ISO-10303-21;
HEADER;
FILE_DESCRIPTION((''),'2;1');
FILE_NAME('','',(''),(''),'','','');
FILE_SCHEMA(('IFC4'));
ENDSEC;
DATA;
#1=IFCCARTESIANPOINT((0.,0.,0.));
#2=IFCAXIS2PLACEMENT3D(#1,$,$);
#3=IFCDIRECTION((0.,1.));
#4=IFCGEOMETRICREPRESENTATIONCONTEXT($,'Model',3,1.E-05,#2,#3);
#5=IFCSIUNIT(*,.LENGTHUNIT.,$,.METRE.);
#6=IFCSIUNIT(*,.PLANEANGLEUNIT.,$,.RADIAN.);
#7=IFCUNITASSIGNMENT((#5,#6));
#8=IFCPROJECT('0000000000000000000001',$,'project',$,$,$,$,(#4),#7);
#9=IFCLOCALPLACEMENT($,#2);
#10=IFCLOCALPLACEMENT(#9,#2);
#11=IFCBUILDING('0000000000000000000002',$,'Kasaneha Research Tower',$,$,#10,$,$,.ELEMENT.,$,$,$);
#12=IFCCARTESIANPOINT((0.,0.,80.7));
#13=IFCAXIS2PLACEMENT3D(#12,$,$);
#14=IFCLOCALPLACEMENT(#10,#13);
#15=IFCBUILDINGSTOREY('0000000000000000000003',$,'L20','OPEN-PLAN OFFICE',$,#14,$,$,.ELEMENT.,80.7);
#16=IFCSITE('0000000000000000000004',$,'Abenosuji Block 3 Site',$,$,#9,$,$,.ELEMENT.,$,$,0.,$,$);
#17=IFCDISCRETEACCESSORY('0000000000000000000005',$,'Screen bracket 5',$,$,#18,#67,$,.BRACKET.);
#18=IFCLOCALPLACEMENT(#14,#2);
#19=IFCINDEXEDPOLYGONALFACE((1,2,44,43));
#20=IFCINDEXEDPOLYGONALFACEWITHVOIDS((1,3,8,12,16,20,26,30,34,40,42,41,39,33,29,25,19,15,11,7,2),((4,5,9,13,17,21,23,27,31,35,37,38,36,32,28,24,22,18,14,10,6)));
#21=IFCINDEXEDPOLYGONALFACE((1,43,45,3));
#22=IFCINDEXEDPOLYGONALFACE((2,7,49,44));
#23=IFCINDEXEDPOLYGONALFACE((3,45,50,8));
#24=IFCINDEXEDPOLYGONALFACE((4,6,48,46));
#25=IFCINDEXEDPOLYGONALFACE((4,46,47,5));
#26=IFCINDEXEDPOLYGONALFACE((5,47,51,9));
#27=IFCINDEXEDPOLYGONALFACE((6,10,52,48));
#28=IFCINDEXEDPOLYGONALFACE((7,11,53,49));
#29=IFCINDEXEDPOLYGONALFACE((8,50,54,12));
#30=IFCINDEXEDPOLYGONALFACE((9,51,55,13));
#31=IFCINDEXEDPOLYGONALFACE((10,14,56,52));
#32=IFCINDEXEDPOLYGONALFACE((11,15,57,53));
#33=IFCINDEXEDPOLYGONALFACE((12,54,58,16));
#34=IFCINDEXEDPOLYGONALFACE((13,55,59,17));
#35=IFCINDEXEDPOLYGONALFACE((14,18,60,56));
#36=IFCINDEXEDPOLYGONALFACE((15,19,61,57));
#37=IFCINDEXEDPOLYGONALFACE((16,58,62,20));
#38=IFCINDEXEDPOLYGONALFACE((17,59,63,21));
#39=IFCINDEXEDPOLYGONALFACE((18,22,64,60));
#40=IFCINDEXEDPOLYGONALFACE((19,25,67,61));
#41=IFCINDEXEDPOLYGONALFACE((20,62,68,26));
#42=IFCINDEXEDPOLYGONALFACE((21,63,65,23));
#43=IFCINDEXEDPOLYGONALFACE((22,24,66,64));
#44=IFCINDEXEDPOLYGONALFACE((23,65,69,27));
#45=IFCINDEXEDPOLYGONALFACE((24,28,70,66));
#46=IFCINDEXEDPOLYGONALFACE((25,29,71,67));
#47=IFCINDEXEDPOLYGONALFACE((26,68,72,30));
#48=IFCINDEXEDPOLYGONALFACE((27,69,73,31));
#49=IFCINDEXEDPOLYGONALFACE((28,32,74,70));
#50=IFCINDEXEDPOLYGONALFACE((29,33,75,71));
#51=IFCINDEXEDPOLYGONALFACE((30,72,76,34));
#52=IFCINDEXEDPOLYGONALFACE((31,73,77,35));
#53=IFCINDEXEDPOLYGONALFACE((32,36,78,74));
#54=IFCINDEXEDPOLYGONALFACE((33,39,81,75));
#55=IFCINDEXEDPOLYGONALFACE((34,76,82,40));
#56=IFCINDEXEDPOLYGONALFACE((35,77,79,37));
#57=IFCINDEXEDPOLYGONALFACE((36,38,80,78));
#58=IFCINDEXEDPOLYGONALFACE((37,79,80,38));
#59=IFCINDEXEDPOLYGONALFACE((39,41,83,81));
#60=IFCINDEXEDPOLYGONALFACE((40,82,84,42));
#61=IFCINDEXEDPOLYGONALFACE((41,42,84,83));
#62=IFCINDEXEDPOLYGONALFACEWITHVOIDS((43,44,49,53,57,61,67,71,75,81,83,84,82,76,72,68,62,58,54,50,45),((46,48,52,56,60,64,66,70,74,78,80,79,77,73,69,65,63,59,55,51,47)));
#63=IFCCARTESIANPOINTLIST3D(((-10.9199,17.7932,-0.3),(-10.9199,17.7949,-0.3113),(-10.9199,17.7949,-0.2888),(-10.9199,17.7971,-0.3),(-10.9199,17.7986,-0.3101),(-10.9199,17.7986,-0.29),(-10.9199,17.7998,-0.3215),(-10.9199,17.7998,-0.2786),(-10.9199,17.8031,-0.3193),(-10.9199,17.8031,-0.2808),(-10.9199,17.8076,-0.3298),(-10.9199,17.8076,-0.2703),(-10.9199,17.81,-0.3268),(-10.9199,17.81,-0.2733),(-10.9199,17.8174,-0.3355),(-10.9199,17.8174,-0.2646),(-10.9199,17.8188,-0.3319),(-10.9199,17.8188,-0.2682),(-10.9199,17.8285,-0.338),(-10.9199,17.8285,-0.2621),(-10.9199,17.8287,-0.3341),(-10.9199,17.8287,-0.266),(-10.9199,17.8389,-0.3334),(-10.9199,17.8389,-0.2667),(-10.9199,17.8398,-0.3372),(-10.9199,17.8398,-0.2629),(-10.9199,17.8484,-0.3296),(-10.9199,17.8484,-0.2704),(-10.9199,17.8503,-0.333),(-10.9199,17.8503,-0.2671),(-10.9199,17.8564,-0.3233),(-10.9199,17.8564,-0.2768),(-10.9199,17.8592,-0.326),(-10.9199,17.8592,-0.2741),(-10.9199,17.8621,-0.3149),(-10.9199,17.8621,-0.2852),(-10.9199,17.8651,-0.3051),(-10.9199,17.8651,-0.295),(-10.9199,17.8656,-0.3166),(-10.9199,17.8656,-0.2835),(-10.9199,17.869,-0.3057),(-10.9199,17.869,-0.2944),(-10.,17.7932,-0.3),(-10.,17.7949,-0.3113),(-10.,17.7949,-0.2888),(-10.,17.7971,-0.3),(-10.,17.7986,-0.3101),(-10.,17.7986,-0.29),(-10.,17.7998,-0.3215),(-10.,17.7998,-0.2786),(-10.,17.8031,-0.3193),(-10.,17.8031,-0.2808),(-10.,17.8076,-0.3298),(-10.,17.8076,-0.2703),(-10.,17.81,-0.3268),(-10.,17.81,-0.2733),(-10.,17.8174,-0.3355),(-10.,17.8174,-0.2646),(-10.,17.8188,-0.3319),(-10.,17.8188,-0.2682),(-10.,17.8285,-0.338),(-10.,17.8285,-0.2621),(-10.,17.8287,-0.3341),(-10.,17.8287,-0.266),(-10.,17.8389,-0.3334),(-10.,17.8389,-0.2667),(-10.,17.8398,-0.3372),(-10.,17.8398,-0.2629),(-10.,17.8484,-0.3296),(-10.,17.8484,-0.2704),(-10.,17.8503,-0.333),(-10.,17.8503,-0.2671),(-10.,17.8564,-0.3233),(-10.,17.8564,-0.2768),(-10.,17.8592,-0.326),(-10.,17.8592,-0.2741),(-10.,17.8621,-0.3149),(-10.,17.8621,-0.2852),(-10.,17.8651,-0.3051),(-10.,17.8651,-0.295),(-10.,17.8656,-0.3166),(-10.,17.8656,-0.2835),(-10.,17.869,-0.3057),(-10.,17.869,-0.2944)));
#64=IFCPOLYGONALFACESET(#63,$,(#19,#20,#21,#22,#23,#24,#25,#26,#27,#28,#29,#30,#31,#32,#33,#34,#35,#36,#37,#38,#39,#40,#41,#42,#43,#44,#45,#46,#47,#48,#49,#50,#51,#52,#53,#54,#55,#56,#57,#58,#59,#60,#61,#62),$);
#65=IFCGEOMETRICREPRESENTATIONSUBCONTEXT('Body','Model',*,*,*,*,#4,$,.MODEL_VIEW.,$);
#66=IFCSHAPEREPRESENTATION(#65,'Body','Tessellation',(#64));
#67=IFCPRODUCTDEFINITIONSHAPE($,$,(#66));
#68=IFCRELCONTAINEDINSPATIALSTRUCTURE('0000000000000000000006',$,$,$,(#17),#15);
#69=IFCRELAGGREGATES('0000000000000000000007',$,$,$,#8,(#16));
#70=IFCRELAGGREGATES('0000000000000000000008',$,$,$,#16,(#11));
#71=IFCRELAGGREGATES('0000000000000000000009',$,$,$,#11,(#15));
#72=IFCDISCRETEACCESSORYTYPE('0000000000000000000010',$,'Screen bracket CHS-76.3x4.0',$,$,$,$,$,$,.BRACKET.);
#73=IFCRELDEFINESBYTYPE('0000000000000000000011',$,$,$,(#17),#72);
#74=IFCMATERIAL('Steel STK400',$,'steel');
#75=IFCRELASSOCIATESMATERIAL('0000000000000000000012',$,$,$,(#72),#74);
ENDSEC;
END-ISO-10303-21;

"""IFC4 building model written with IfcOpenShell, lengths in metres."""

from ifc_helpers import new_model, si_unit, direction, frame, origin, origin_2d, place, context, subcontext, project, spatial, hollow_circle, extrude, material, material_profile, profile_set, type_object, element, save


model = new_model("IFC4")

# Units and contexts
model_context = context("Model", 3, precision=1e-05, world=origin(), true_north=direction((0.0, 1.0)))
body_context = subcontext(model_context, "Body", "Model", "MODEL_VIEW")
ifc_project = project(units=[si_unit("LENGTHUNIT", "METRE"), si_unit("PLANEANGLEUNIT", "RADIAN")], contexts=[model_context])

# Site, building, storey
site_placement = place(None, origin())
site = spatial("IfcSite", under=ifc_project, at=site_placement, Name="Abenosuji Block 3 Site", CompositionType="ELEMENT", RefElevation=0.0)
building_placement = place(site_placement, origin())
building = spatial("IfcBuilding", under=site, at=building_placement, Name="Kasaneha Research Tower", CompositionType="ELEMENT")
storey_placement = place(building_placement, frame((0.0, 0.0, 80.7)))
storey = spatial("IfcBuildingStorey", under=building, at=storey_placement, Name="L20", Description="OPEN-PLAN OFFICE", CompositionType="ELEMENT", Elevation=80.7)

# Discrete accessory
ifc_material_1 = material(Name="Steel STK400", Category="steel")
ifc_material_profile_1 = material_profile(ifc_material_1, hollow_circle(Radius=0.0381, WallThickness=0.0039, at=origin_2d()), Name="CHS-76.3x4.0")
ifc_profile_set_1 = profile_set([ifc_material_profile_1], Name="Steel STK400")
discrete_accessory_type = type_object("IfcDiscreteAccessoryType", Name="Screen bracket CHS-76.3x4.0", PredefinedType="BRACKET", material=ifc_profile_set_1)
for number, where, z_axis, x_axis, name in (
    (1, (-10.0, 17.8313, -0.3), (-1.0, 0.0, 0.0), (0.0, -1.0, 0.0), "Screen bracket 5"),
):
    element("IfcDiscreteAccessory", number, at=place(storey_placement, frame(where, z_axis=z_axis, x_axis=x_axis)), inside=storey, type_object=discrete_accessory_type, Name=name, PredefinedType="BRACKET", context=body_context, shape_type="SweptSolid", body=[
        extrude(hollow_circle(Radius=0.0381, WallThickness=0.0039, at=origin_2d()), origin(), (0.0, 0.0, 1.0), 0.9199),
    ])

save(model, "model.ifc")
